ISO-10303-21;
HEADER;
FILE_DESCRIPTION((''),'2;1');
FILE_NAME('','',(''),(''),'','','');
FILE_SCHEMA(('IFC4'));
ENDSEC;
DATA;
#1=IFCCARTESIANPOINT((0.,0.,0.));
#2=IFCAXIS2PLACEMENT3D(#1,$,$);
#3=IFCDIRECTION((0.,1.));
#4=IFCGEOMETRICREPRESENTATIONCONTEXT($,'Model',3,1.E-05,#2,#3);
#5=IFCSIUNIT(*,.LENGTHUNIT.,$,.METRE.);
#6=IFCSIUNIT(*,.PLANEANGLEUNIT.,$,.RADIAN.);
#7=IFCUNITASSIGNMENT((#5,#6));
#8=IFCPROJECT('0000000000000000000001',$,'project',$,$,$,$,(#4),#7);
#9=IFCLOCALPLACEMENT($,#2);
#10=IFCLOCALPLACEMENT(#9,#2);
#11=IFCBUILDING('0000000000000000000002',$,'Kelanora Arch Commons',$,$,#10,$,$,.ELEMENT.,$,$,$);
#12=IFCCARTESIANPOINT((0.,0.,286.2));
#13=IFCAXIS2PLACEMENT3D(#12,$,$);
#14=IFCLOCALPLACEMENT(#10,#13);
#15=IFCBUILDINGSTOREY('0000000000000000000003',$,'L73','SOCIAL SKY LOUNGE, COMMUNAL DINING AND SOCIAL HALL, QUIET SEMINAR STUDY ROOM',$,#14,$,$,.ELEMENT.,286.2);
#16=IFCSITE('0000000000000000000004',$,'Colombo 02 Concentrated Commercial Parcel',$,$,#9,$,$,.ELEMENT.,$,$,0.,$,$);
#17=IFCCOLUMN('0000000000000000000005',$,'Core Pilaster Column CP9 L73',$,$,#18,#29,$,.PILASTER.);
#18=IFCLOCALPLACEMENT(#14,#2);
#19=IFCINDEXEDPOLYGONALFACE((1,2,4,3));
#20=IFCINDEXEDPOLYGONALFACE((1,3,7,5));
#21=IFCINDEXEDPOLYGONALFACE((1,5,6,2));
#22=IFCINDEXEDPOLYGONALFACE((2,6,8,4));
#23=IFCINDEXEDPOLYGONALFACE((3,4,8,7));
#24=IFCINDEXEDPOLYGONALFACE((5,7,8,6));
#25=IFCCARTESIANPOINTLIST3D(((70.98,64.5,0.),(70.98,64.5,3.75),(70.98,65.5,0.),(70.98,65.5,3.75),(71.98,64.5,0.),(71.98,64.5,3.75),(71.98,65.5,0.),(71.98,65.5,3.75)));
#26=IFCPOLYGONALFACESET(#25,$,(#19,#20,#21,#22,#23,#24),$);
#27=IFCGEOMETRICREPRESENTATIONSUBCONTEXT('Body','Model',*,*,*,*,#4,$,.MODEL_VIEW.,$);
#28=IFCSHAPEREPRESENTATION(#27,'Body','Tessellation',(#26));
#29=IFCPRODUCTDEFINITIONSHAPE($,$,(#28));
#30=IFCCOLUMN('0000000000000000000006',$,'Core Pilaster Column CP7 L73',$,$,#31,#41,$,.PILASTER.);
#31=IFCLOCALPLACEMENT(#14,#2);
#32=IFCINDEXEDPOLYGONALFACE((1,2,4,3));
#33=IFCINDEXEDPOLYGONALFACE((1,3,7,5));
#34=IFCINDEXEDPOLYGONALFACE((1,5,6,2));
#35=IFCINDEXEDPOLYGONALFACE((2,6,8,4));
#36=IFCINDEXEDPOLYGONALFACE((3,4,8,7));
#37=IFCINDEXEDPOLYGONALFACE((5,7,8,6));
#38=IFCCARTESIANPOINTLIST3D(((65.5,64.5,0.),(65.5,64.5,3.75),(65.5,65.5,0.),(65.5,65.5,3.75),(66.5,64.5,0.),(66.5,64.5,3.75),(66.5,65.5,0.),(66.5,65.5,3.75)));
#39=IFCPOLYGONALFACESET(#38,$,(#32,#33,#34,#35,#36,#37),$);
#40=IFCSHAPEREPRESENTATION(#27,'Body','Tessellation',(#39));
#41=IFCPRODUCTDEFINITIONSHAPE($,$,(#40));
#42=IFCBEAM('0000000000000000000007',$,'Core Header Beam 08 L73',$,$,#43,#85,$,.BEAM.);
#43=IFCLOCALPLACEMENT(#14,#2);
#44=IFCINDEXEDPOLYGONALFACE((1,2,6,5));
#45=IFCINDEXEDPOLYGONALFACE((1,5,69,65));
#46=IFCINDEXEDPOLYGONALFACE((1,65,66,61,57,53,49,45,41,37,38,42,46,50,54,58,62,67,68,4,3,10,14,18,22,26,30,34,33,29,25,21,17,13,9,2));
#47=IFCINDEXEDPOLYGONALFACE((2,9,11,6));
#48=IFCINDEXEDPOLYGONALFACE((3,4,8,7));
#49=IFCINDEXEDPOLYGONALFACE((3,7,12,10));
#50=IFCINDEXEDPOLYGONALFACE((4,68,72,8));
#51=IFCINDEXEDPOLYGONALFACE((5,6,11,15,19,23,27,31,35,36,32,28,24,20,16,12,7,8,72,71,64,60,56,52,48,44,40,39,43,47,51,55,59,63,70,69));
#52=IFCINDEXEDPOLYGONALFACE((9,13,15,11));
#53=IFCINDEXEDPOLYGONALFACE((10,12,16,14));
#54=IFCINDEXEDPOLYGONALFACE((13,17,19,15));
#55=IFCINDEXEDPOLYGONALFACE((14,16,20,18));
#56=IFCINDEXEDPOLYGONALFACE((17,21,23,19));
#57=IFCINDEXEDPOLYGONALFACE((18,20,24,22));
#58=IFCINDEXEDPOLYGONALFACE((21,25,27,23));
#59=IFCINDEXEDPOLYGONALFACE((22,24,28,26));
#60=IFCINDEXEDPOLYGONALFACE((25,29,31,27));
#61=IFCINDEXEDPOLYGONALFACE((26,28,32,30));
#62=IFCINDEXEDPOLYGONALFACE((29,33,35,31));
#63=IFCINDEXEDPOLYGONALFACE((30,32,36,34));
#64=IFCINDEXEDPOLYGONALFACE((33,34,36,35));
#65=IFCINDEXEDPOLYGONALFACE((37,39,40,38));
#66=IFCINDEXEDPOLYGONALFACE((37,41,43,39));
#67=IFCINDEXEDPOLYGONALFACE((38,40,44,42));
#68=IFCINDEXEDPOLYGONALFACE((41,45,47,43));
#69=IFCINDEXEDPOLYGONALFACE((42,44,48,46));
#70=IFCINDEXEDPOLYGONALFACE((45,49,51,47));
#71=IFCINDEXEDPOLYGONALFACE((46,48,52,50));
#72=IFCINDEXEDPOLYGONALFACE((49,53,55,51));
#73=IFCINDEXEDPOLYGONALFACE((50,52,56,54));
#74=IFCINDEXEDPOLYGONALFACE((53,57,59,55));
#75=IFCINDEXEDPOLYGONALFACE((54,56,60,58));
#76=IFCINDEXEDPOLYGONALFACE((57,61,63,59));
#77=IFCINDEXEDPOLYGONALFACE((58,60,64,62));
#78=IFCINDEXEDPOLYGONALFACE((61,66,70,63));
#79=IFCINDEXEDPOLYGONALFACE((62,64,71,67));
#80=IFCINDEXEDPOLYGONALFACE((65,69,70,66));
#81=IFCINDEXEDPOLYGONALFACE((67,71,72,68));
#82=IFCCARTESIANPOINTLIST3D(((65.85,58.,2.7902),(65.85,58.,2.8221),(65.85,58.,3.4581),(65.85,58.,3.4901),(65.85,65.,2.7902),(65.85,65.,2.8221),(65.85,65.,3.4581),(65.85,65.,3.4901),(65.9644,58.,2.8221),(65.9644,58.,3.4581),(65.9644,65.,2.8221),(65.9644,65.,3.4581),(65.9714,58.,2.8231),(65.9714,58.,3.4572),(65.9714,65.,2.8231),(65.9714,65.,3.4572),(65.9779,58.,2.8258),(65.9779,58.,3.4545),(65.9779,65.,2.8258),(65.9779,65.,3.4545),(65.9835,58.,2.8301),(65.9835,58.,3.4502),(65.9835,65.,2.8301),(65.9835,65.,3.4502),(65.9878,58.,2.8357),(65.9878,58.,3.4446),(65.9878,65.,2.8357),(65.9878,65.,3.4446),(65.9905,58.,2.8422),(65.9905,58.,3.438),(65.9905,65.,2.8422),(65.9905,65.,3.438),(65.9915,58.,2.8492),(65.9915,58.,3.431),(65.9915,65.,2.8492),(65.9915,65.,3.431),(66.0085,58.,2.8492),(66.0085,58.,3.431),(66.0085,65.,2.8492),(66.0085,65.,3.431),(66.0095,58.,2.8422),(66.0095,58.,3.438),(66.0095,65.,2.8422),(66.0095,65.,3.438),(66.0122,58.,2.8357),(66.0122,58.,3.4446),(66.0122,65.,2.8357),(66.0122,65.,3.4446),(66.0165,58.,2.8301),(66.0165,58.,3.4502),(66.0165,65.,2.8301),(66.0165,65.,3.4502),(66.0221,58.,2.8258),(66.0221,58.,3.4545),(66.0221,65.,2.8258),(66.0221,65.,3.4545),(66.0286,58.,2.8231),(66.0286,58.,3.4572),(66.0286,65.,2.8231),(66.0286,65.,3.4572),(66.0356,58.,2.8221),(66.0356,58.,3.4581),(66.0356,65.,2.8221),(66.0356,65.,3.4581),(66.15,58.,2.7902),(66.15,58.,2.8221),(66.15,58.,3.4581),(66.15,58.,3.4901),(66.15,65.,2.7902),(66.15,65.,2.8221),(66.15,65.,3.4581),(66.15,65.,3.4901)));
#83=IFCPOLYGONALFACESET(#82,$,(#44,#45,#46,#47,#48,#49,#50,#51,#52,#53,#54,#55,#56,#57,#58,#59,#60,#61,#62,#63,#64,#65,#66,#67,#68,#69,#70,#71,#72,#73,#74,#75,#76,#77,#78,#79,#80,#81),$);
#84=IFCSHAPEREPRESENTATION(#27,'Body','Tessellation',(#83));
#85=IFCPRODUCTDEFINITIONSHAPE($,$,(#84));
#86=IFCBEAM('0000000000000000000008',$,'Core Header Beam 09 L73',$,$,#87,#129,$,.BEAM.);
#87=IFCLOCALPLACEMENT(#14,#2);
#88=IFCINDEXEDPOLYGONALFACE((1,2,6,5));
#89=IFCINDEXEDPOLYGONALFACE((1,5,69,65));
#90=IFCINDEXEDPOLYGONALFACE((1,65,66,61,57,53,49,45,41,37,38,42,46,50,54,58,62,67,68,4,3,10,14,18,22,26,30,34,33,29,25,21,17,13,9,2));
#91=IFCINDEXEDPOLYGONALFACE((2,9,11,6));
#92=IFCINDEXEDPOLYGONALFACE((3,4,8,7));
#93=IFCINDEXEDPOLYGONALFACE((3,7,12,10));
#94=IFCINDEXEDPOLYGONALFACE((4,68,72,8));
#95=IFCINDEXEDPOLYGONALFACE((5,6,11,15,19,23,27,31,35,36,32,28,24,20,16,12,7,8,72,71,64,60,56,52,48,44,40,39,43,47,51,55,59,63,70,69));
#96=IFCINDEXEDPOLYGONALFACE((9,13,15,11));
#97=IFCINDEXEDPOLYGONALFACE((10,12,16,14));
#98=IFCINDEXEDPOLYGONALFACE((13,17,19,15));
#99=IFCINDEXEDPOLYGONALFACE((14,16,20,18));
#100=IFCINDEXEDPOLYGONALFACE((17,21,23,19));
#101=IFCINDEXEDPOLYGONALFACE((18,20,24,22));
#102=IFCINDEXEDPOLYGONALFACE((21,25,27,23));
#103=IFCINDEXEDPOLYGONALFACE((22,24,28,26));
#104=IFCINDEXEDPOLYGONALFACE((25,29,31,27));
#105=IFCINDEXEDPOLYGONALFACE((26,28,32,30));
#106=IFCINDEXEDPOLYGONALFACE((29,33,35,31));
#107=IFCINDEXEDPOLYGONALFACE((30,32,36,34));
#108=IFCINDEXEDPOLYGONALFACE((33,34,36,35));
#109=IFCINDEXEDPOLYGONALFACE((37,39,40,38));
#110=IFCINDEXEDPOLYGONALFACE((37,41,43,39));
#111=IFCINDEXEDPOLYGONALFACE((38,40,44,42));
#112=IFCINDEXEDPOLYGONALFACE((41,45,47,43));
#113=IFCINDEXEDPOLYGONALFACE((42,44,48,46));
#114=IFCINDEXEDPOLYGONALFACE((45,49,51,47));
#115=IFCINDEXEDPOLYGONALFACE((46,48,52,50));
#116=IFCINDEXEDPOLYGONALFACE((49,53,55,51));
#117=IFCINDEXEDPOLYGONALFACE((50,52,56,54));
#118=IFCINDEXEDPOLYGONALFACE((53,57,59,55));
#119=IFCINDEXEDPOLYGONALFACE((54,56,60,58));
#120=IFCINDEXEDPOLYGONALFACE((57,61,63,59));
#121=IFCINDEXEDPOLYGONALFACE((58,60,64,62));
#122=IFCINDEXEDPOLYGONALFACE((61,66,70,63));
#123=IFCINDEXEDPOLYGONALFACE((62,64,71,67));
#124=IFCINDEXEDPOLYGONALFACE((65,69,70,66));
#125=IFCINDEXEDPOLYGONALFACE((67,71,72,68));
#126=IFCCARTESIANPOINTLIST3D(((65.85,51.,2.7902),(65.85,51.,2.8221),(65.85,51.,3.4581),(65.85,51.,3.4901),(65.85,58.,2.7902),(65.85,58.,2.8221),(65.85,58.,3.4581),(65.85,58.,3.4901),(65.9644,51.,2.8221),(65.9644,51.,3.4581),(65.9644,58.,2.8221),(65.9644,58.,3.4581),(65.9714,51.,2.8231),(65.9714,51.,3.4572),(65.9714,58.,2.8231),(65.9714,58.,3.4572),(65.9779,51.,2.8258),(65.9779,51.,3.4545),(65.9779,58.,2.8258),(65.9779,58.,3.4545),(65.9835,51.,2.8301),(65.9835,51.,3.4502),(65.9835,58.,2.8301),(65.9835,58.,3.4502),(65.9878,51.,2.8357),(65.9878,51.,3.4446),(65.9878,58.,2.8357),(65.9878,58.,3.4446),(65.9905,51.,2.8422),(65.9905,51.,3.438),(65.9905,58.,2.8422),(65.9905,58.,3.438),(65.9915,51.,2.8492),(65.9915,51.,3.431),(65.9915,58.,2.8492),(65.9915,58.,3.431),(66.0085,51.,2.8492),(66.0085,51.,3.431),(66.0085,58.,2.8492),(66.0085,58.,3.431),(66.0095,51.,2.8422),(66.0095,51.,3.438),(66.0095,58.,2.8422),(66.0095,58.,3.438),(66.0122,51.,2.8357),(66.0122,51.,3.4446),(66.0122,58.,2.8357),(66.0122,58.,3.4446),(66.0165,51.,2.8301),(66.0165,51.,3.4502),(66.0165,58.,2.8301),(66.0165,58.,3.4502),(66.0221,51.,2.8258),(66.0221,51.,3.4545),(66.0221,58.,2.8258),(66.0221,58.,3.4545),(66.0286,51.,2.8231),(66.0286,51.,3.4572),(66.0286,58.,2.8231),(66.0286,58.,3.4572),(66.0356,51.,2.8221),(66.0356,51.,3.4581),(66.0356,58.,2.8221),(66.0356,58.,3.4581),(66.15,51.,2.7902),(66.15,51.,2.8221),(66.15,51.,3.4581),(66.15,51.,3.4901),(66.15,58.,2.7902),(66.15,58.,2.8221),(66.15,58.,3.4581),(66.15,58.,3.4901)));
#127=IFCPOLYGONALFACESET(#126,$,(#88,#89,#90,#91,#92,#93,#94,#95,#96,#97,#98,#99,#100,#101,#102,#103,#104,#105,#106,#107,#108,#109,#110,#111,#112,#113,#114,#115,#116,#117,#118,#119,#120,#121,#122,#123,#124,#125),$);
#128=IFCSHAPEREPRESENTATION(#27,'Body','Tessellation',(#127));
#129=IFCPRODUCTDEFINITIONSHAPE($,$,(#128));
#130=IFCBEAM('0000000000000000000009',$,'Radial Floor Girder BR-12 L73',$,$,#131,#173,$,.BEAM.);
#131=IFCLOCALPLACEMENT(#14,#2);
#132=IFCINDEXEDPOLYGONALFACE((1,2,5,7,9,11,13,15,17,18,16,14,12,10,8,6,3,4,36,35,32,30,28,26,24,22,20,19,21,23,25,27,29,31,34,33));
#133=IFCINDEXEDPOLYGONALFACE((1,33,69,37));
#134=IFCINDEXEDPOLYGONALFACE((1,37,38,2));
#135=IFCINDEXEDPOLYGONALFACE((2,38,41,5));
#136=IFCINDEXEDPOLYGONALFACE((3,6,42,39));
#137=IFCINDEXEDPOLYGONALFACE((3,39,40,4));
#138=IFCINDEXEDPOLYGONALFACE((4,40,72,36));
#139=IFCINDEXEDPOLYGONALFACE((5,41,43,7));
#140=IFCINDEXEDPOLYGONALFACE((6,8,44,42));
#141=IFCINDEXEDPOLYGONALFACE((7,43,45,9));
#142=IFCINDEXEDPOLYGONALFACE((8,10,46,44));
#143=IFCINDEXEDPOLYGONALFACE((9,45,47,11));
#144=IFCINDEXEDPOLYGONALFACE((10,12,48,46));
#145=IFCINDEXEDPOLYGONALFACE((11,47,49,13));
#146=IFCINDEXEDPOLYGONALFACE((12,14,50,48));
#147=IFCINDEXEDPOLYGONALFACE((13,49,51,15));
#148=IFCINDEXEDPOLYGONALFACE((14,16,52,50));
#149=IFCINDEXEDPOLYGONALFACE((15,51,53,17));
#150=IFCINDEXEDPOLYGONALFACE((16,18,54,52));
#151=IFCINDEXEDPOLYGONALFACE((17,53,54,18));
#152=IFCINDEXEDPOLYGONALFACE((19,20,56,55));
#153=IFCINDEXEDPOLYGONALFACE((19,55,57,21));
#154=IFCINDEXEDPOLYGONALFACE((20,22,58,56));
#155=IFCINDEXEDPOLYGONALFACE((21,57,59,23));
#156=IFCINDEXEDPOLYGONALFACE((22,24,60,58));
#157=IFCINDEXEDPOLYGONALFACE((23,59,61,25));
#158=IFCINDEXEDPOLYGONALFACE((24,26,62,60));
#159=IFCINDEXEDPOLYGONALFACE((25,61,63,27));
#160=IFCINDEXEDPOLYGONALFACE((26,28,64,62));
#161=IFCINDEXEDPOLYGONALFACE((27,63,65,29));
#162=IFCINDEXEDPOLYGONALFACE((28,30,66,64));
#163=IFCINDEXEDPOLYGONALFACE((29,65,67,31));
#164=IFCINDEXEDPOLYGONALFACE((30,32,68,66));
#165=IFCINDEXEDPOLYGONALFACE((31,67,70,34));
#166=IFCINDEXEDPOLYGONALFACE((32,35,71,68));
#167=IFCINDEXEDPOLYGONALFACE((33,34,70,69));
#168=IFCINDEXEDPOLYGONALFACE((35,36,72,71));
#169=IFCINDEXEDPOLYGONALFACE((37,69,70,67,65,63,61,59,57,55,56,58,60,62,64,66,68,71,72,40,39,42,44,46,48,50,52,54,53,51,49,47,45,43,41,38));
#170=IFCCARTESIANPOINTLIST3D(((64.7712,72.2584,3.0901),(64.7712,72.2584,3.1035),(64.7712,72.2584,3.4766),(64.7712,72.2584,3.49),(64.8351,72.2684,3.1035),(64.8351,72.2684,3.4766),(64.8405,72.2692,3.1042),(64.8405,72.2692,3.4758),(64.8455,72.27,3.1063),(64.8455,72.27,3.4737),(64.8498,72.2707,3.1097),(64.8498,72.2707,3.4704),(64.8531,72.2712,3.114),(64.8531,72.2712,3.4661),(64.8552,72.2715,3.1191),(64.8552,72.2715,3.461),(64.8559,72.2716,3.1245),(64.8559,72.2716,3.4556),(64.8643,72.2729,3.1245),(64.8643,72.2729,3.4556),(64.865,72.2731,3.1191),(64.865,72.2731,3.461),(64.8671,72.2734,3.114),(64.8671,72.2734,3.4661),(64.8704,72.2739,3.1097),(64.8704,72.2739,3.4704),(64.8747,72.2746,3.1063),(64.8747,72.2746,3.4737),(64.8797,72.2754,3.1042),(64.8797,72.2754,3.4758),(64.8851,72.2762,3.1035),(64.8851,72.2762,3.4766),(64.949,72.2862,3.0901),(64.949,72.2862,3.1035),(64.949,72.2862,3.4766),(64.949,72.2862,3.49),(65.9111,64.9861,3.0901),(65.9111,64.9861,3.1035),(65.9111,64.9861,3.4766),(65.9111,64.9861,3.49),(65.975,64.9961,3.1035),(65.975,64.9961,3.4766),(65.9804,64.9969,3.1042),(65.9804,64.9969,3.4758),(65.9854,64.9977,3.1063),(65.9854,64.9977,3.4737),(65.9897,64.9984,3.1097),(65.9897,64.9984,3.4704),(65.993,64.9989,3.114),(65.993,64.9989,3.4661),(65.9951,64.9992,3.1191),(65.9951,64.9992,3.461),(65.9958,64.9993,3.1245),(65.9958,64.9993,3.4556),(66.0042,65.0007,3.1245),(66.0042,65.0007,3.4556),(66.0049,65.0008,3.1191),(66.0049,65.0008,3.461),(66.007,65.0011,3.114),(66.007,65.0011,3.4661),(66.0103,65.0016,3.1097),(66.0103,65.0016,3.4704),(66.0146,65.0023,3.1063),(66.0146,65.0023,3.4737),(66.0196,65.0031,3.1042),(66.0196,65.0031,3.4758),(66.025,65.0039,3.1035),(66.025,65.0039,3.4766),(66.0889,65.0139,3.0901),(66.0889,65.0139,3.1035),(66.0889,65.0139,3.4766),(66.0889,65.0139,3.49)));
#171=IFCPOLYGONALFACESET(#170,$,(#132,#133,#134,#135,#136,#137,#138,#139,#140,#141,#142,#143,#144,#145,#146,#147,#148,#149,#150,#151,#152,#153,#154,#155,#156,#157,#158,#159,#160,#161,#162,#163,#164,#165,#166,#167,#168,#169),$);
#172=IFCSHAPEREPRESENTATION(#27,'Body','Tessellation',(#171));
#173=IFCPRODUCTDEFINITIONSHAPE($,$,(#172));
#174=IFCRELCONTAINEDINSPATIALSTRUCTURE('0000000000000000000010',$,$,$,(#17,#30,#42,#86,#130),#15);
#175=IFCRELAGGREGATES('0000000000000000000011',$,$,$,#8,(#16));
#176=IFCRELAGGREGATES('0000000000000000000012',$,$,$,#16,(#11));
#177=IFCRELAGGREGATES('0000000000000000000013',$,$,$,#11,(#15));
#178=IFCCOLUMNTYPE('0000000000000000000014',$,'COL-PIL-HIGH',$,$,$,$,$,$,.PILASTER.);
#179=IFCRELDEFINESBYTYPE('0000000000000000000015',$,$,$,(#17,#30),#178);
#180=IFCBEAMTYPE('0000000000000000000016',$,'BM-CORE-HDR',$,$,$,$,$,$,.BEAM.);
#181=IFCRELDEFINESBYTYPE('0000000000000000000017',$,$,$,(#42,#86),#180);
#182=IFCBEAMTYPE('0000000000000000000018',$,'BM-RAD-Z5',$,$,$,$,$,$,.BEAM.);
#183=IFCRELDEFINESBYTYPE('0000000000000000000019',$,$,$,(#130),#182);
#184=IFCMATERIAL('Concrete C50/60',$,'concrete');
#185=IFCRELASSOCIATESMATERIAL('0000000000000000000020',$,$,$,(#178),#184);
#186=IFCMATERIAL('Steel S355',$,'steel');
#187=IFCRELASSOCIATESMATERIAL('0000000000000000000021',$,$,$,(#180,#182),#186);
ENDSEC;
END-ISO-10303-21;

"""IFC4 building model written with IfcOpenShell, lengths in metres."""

from ifc_helpers import new_model, si_unit, direction, frame, origin, origin_2d, place, context, subcontext, project, spatial, rectangle, i_section, extrude, material, material_profile, profile_set, type_object, element, save


model = new_model("IFC4")

# Units and contexts
model_context = context("Model", 3, precision=1e-05, world=origin(), true_north=direction((0.0, 1.0)))
body_context = subcontext(model_context, "Body", "Model", "MODEL_VIEW")
ifc_project = project(units=[si_unit("LENGTHUNIT", "METRE"), si_unit("PLANEANGLEUNIT", "RADIAN")], contexts=[model_context])

# Site, building, storey
site_placement = place(None, origin())
site = spatial("IfcSite", under=ifc_project, at=site_placement, Name="Colombo 02 Concentrated Commercial Parcel", CompositionType="ELEMENT", RefElevation=0.0)
building_placement = place(site_placement, origin())
building = spatial("IfcBuilding", under=site, at=building_placement, Name="Kelanora Arch Commons", CompositionType="ELEMENT")
storey_placement = place(building_placement, frame((0.0, 0.0, 286.2)))
storey = spatial("IfcBuildingStorey", under=building, at=storey_placement, Name="L73", Description="SOCIAL SKY LOUNGE, COMMUNAL DINING AND SOCIAL HALL, QUIET SEMINAR STUDY ROOM", CompositionType="ELEMENT", Elevation=286.2)

# Columns
ifc_material_1 = material(Name="Concrete C50/60", Category="concrete")
ifc_material_profile_1 = material_profile(ifc_material_1, rectangle(XDim=1.0, YDim=1.0, at=origin_2d()), Name="RC1000x1000")
ifc_profile_set_1 = profile_set([ifc_material_profile_1], Name="Concrete C50/60")
column_type = type_object("IfcColumnType", Name="COL-PIL-HIGH", PredefinedType="PILASTER", material=ifc_profile_set_1)
for number, where, z_axis, x_axis, name in (
    (1, (71.48, 65.0, 0.0), (0.0, 0.0, 1.0), (1.0, 0.0, 0.0), "Core Pilaster Column CP9 L73"),
    (2, (66.0, 65.0, 0.0), (0.0, 0.0, 1.0), (1.0, 0.0, 0.0), "Core Pilaster Column CP7 L73"),
):
    element("IfcColumn", number, at=place(storey_placement, frame(where, z_axis=z_axis, x_axis=x_axis)), inside=storey, type_object=column_type, Name=name, PredefinedType="PILASTER", context=body_context, shape_type="SweptSolid", body=[
        extrude(rectangle(XDim=1.0, YDim=1.0, at=origin_2d()), origin(), (0.0, 0.0, 1.0), 3.75),
    ])

# Beams
ifc_material_2 = material(Name="Steel S355", Category="steel")
ifc_material_profile_2 = material_profile(ifc_material_2, i_section(OverallWidth=0.3, OverallDepth=0.7, WebThickness=0.0171, FlangeThickness=0.032, FilletRadius=0.0271, at=origin_2d()), Name="HEB700")
ifc_profile_set_2 = profile_set([ifc_material_profile_2], Name="Steel S355")
beam_type_1 = type_object("IfcBeamType", Name="BM-CORE-HDR", PredefinedType="BEAM", material=ifc_profile_set_2)
for number, where, z_axis, x_axis, name in (
    (3, (66.0, 65.0, 3.1401), (0.0, -1.0, 0.0), (1.0, 0.0, 0.0), "Core Header Beam 08 L73"),
    (4, (66.0, 58.0, 3.1401), (0.0, -1.0, 0.0), (1.0, 0.0, 0.0), "Core Header Beam 09 L73"),
):
    element("IfcBeam", number, at=place(storey_placement, frame(where, z_axis=z_axis, x_axis=x_axis)), inside=storey, type_object=beam_type_1, Name=name, PredefinedType="BEAM", context=body_context, shape_type="SweptSolid", body=[
        extrude(i_section(OverallWidth=0.3, OverallDepth=0.7, WebThickness=0.0171, FlangeThickness=0.032, FilletRadius=0.0271, at=origin_2d()), origin(), (0.0, 0.0, 1.0), 7.0),
    ])
ifc_material_profile_3 = material_profile(ifc_material_2, i_section(OverallWidth=0.1799, OverallDepth=0.3999, WebThickness=0.0085, FlangeThickness=0.0134, FilletRadius=0.021, at=origin_2d()), Name="IPE400")
ifc_profile_set_3 = profile_set([ifc_material_profile_3], Name="Steel S355")
beam_type_2 = type_object("IfcBeamType", Name="BM-RAD-Z5", PredefinedType="BEAM", material=ifc_profile_set_3)
beam_1_placement = place(storey_placement, frame((66.0, 65.0, 3.29), z_axis=(-0.154855, 0.987937, 0.0), x_axis=(-0.987937, -0.154855, 0.0)))
element("IfcBeam", 5, at=beam_1_placement, inside=storey, type_object=beam_type_2, Name="Radial Floor Girder BR-12 L73", PredefinedType="BEAM", context=body_context, shape_type="SweptSolid", body=[
    extrude(i_section(OverallWidth=0.1799, OverallDepth=0.3999, WebThickness=0.0085, FlangeThickness=0.0134, FilletRadius=0.021, at=origin_2d()), origin(), (0.0, 0.0, 1.0), 7.3611),
])

save(model, "model.ifc")
